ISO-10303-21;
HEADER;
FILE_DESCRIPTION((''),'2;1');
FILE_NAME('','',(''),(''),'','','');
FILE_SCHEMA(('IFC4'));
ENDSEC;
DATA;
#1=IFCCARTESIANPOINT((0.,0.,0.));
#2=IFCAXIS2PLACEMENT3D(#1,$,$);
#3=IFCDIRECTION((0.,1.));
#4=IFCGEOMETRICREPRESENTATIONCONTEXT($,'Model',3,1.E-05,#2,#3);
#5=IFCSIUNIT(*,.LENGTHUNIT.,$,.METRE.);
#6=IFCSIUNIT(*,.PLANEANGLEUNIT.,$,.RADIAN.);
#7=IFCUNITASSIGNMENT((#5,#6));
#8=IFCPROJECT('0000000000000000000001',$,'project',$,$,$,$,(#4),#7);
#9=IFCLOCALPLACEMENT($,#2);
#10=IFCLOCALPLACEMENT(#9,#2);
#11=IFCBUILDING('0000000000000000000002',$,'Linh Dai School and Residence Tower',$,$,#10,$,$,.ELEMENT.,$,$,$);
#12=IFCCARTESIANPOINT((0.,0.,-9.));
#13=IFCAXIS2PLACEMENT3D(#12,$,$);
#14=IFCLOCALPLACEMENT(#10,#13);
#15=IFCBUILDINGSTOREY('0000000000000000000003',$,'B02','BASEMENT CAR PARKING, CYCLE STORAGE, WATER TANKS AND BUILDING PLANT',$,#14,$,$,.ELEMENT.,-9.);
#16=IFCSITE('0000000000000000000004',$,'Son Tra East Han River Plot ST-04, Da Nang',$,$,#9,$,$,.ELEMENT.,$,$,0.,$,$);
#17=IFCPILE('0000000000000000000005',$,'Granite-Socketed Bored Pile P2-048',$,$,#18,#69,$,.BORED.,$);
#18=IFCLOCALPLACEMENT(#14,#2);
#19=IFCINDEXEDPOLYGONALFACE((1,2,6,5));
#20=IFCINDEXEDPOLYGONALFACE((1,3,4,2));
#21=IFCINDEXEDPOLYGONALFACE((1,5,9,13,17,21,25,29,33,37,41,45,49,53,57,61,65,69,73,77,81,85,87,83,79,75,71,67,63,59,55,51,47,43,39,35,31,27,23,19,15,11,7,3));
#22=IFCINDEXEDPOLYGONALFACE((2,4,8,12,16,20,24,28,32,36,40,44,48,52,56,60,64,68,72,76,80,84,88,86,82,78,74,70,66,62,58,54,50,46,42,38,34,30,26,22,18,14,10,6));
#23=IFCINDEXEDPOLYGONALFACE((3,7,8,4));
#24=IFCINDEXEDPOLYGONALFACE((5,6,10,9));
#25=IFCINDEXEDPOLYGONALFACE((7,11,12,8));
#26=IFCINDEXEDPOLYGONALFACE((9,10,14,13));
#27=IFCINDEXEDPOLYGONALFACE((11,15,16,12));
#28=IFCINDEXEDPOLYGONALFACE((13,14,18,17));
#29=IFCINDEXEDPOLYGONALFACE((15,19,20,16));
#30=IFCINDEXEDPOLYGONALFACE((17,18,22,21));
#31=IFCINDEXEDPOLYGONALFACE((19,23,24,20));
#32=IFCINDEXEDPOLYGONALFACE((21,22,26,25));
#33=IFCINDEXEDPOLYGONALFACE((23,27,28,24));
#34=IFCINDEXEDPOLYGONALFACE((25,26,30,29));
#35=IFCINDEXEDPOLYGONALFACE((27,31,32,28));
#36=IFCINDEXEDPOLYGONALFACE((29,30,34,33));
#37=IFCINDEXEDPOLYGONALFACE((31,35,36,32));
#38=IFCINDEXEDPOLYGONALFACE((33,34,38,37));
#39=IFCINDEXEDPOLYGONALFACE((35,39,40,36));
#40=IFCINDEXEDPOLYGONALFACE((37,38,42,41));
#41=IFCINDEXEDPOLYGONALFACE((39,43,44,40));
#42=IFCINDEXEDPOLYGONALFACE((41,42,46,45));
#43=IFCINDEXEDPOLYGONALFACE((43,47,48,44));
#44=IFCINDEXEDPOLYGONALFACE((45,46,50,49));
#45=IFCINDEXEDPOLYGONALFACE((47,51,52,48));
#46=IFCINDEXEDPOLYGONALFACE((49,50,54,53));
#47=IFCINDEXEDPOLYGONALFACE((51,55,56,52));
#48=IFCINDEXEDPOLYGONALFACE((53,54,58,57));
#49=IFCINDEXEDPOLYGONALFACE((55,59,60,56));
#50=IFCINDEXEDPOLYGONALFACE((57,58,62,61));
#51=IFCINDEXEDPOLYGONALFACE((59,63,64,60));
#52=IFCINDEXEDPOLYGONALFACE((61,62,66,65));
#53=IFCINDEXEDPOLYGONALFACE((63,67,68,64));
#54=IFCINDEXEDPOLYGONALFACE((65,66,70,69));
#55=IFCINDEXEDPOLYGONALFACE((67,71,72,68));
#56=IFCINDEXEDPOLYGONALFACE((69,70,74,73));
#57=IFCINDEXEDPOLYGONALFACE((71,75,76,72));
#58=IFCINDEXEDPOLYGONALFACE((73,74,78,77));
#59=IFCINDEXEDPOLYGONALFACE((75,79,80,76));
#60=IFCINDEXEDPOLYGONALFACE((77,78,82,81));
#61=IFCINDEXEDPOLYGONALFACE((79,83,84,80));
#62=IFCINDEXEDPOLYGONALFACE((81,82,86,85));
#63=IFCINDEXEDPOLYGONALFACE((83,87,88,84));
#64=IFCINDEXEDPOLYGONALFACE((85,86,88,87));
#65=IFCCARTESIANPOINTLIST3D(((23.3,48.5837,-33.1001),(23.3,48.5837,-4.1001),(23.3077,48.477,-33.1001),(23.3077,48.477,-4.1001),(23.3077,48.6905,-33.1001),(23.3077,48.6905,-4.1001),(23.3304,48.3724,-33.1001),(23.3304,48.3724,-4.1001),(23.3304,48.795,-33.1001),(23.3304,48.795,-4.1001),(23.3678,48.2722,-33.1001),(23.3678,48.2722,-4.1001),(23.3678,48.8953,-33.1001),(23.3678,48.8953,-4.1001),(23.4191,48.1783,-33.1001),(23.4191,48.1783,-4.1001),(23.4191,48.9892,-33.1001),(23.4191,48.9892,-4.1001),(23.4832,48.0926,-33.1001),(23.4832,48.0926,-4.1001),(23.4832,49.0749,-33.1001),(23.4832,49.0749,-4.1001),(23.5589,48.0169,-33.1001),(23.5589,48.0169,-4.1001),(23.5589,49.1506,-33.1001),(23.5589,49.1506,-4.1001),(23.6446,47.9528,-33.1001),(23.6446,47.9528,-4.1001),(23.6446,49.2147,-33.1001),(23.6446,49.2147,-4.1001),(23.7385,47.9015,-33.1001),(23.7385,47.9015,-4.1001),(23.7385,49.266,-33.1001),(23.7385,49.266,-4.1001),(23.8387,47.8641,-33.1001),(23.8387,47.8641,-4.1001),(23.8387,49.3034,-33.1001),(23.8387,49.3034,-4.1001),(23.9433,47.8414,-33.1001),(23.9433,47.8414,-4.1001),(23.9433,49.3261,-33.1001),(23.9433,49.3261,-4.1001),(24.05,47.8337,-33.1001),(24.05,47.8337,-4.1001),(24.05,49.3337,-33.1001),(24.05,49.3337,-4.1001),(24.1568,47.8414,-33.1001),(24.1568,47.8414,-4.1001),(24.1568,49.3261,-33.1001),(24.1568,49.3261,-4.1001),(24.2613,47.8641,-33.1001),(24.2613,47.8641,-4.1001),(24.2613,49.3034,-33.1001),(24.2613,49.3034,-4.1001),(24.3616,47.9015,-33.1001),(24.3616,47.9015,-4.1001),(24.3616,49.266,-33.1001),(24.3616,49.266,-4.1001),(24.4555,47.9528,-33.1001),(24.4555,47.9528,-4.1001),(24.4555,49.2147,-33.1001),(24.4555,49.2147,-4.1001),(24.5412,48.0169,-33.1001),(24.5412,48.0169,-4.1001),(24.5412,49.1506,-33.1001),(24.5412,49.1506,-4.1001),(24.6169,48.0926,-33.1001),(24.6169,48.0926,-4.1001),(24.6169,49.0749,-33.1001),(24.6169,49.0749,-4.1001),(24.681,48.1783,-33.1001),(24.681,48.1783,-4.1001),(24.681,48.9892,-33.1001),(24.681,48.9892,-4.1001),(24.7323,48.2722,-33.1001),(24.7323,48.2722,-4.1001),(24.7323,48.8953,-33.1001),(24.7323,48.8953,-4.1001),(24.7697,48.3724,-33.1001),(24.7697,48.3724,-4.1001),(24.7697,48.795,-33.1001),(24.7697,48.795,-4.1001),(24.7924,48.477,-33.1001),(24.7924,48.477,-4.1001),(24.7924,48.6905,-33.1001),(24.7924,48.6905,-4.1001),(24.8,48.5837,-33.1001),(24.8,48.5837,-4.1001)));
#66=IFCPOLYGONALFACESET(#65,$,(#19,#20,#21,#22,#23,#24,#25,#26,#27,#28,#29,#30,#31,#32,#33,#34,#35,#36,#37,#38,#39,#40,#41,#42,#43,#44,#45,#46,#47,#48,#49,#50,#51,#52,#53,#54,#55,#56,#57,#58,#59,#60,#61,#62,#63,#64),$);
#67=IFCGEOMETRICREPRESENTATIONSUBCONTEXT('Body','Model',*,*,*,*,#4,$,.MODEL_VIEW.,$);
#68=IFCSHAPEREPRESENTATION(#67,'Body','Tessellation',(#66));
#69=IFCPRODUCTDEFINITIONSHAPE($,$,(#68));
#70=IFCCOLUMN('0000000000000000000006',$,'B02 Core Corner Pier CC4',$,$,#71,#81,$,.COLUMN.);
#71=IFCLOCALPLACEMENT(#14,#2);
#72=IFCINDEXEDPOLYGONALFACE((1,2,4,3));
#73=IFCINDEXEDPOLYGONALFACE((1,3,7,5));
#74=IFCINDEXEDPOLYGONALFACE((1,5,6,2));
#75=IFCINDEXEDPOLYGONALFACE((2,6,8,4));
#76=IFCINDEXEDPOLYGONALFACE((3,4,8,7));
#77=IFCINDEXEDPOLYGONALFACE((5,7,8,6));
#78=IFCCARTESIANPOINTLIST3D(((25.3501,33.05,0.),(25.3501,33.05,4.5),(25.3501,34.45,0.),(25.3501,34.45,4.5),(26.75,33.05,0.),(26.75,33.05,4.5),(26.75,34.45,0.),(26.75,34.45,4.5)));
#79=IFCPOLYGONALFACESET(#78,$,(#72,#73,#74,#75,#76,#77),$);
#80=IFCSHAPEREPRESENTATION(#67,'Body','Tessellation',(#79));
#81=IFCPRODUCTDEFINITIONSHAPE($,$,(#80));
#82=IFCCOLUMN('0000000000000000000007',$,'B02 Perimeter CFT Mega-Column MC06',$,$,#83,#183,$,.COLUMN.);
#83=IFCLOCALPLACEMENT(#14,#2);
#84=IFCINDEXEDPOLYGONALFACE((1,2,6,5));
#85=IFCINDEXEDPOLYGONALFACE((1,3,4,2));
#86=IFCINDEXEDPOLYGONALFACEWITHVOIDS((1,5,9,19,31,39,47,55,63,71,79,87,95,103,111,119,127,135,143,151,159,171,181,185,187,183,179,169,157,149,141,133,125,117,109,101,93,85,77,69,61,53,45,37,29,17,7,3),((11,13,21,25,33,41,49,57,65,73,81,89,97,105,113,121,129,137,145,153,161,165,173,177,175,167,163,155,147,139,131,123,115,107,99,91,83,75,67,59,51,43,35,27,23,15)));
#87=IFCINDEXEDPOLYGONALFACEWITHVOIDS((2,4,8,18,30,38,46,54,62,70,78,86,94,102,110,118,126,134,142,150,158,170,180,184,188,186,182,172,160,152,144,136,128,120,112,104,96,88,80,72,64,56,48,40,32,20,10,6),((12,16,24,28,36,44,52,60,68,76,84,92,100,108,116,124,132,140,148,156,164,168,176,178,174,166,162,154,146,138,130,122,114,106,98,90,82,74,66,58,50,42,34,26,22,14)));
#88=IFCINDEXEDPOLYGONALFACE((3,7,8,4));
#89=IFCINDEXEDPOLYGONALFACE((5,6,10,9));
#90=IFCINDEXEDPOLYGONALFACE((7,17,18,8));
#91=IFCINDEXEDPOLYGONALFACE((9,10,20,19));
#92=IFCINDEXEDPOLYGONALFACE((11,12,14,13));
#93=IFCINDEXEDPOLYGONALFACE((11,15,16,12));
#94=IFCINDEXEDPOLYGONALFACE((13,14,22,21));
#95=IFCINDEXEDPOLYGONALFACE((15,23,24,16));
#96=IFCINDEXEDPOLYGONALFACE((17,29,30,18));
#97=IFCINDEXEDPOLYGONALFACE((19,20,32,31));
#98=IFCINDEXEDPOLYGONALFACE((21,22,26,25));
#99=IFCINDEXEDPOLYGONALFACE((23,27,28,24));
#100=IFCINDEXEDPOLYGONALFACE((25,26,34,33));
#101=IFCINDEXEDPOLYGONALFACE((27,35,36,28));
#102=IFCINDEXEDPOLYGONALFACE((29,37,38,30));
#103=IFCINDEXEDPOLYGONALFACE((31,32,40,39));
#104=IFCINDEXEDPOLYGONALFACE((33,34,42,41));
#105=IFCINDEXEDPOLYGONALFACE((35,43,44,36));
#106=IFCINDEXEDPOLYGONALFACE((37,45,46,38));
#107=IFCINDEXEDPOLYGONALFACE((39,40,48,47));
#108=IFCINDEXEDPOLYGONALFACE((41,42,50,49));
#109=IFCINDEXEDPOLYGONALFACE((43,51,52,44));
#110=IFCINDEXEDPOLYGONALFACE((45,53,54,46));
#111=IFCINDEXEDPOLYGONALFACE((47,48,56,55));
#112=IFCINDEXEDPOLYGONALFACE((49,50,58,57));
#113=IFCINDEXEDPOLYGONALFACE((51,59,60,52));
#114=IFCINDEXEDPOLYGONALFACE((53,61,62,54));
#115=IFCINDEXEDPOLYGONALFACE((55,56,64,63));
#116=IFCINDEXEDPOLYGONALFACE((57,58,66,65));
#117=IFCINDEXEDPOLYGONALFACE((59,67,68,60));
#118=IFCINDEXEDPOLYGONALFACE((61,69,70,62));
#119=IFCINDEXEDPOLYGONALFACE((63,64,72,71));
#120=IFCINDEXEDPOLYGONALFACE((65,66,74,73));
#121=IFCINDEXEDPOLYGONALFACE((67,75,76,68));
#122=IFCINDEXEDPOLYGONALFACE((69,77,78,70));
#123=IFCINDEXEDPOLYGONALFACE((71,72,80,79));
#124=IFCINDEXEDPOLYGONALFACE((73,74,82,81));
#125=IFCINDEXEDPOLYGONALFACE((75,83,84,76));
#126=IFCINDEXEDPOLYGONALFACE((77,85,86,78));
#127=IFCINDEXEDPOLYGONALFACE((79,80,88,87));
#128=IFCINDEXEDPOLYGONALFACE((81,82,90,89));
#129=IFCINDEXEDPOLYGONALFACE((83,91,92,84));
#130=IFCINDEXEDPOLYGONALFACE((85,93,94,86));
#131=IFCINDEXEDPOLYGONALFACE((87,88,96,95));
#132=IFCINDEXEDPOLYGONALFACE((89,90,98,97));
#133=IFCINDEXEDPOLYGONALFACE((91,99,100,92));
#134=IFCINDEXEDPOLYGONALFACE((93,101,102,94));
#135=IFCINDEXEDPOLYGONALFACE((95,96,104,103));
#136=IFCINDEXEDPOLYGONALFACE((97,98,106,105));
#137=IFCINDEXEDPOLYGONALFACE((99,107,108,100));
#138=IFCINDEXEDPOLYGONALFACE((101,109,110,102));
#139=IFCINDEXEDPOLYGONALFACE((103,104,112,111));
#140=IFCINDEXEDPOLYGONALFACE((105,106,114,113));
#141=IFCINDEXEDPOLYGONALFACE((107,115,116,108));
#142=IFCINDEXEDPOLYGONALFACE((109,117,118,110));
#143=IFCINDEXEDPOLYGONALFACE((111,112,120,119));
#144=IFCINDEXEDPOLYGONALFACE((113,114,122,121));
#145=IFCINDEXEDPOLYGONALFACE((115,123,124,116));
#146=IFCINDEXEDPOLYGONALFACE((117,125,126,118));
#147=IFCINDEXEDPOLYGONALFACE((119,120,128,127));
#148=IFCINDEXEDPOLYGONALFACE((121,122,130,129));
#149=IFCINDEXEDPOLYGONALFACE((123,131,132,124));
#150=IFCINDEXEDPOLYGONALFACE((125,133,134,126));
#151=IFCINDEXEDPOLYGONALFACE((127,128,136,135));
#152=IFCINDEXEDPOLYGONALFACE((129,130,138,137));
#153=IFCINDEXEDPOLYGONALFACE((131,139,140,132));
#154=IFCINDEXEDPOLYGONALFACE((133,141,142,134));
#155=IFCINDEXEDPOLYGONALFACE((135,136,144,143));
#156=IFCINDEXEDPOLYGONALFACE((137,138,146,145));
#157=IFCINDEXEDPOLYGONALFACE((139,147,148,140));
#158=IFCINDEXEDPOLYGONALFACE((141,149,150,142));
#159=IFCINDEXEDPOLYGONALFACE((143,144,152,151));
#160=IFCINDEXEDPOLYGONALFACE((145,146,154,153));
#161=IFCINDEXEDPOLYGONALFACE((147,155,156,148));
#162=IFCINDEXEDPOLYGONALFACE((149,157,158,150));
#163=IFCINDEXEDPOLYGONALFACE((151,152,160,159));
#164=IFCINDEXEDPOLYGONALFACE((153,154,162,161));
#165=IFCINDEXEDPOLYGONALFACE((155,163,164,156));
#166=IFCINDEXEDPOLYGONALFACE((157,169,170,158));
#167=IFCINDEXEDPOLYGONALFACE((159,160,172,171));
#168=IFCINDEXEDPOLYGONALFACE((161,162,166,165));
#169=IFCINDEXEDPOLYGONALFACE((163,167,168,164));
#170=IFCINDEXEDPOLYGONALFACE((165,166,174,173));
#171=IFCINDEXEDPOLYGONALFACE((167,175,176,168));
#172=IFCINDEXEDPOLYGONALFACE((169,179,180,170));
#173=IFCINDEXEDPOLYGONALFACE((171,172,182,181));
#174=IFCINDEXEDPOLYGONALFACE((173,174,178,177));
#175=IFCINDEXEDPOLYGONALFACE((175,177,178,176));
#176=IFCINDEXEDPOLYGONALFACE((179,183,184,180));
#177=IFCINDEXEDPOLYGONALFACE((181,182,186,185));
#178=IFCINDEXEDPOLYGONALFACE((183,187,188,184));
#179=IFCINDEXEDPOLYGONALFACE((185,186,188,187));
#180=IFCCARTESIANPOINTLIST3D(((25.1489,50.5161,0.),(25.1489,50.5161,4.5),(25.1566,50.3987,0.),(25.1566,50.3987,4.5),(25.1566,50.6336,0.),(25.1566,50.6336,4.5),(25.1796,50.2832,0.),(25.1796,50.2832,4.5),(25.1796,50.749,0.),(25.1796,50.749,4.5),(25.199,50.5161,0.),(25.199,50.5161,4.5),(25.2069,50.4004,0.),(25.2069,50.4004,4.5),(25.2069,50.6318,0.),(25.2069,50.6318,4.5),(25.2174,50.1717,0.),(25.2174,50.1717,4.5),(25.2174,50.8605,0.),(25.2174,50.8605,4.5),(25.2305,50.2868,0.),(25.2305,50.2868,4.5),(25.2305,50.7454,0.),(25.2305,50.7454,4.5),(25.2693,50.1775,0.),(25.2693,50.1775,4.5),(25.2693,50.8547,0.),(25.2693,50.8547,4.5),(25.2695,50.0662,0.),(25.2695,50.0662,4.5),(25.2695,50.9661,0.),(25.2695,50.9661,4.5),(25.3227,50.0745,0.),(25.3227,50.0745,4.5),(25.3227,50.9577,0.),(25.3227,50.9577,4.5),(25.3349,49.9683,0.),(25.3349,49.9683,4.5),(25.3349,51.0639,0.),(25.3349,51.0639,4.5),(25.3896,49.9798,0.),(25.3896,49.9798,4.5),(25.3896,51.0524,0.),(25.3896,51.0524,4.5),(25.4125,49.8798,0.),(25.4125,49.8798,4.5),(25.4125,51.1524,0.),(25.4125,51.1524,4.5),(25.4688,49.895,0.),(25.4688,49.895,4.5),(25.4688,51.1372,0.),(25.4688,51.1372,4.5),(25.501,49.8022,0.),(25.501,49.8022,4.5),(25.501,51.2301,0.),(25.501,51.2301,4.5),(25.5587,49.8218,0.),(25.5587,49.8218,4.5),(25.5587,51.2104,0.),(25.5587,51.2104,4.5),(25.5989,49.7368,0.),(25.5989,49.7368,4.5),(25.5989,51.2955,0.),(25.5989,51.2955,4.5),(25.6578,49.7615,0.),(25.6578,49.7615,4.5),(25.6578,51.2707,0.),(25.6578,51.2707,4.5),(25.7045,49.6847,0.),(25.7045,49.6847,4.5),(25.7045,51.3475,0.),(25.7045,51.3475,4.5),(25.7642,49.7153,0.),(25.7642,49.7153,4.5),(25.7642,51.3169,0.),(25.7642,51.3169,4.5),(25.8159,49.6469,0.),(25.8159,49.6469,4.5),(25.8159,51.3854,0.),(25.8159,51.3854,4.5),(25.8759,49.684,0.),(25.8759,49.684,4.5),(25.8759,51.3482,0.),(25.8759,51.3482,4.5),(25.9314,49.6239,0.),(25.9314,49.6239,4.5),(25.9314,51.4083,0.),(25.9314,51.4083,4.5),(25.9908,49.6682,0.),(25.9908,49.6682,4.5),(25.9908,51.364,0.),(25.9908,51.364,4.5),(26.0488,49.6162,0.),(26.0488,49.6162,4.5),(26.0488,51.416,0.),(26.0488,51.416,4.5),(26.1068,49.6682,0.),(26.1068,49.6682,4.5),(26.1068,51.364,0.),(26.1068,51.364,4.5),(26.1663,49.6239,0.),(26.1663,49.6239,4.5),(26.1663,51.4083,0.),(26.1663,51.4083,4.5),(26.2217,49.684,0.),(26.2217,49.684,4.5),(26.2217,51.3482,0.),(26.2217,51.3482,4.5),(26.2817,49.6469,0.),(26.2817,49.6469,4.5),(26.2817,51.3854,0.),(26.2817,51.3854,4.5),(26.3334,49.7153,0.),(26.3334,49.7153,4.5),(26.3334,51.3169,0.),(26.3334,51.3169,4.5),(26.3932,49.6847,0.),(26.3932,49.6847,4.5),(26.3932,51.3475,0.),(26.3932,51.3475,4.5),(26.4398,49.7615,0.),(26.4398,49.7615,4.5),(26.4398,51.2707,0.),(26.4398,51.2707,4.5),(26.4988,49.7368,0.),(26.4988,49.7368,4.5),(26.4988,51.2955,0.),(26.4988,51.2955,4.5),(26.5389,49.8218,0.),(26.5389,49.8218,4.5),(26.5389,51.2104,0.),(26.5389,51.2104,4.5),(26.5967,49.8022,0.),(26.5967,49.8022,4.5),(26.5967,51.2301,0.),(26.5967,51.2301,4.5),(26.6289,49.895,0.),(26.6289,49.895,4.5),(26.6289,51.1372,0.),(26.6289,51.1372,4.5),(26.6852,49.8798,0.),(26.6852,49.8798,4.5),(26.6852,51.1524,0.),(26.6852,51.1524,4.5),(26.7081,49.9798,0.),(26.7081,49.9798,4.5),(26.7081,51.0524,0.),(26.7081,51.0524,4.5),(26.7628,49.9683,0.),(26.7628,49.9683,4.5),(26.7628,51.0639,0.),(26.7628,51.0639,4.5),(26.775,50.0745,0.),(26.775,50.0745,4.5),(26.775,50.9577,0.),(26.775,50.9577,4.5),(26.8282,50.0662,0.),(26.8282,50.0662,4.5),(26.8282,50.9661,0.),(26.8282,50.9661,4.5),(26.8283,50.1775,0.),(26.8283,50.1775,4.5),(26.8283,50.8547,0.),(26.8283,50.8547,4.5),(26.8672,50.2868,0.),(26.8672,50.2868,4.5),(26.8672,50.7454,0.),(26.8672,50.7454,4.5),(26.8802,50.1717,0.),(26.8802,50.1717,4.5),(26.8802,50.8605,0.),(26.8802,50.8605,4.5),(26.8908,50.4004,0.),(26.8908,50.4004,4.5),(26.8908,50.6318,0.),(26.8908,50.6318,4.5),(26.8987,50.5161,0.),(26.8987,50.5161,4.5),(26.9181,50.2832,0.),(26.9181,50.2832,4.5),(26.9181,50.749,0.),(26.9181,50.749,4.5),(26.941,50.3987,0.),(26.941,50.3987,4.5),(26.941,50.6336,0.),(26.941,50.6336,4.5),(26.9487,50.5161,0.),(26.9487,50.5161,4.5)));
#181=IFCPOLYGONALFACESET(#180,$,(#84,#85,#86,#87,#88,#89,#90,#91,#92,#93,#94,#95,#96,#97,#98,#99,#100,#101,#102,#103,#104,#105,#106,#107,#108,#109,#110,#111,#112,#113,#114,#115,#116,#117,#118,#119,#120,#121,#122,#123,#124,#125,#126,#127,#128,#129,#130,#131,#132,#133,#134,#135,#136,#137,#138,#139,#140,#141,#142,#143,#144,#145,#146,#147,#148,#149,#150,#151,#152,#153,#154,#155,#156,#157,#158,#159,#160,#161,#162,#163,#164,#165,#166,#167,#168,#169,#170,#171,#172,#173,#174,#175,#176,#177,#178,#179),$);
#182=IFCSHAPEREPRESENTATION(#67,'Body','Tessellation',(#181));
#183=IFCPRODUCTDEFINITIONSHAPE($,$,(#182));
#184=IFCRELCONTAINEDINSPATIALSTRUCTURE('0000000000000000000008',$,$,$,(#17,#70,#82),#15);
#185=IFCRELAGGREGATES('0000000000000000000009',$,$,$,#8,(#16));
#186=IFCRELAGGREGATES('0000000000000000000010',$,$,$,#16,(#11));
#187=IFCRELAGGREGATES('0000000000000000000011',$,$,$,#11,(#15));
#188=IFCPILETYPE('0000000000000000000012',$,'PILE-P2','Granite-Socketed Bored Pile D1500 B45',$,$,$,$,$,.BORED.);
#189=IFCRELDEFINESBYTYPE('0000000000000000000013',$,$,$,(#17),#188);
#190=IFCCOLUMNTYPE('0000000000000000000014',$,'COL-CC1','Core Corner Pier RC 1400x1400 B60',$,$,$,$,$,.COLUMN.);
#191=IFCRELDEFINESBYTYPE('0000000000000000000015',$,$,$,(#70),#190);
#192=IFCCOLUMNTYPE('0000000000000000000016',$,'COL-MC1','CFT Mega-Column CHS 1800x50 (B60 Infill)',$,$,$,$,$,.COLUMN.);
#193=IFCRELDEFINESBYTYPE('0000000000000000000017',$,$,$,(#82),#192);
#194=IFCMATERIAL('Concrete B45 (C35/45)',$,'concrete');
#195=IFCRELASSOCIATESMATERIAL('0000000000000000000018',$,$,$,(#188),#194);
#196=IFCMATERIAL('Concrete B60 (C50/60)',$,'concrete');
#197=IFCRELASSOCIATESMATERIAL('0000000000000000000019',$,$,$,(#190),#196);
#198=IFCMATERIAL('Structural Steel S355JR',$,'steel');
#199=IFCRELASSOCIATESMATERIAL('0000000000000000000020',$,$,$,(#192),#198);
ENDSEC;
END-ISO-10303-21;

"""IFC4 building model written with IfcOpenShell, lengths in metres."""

from ifc_helpers import new_model, si_unit, direction, frame, origin, origin_2d, place, context, subcontext, project, spatial, rectangle, circle, hollow_circle, extrude, material, material_profile, profile_set, type_object, element, save


model = new_model("IFC4")

# Units and contexts
model_context = context("Model", 3, precision=1e-05, world=origin(), true_north=direction((0.0, 1.0)))
body_context = subcontext(model_context, "Body", "Model", "MODEL_VIEW")
ifc_project = project(units=[si_unit("LENGTHUNIT", "METRE"), si_unit("PLANEANGLEUNIT", "RADIAN")], contexts=[model_context])

# Site, building, storey
site_placement = place(None, origin())
site = spatial("IfcSite", under=ifc_project, at=site_placement, Name="Son Tra East Han River Plot ST-04, Da Nang", CompositionType="ELEMENT", RefElevation=0.0)
building_placement = place(site_placement, origin())
building = spatial("IfcBuilding", under=site, at=building_placement, Name="Linh Dai School and Residence Tower", CompositionType="ELEMENT")
storey_placement = place(building_placement, frame((0.0, 0.0, -9.0)))
storey = spatial("IfcBuildingStorey", under=building, at=storey_placement, Name="B02", Description="BASEMENT CAR PARKING, CYCLE STORAGE, WATER TANKS AND BUILDING PLANT", CompositionType="ELEMENT", Elevation=-9.0)

# Pile
ifc_material_1 = material(Name="Concrete B45 (C35/45)", Category="concrete")
ifc_material_profile_1 = material_profile(ifc_material_1, circle(Radius=0.75, at=origin_2d()), Name="PILE D1500")
ifc_profile_set_1 = profile_set([ifc_material_profile_1], Name="Concrete B45 (C35/45)")
pile_type_1 = type_object("IfcPileType", Name="PILE-P2", Description="Granite-Socketed Bored Pile D1500 B45", PredefinedType="BORED", material=ifc_profile_set_1)
for number, where, z_axis, x_axis, name in (
    (1, (24.05, 48.5837, -4.1001), (0.0, 0.0, -1.0), (1.0, 0.0, 0.0), "Granite-Socketed Bored Pile P2-048"),
):
    element("IfcPile", number, at=place(storey_placement, frame(where, z_axis=z_axis, x_axis=x_axis)), inside=storey, type_object=pile_type_1, Name=name, PredefinedType="BORED", context=body_context, shape_type="SweptSolid", body=[
        extrude(circle(Radius=0.75, at=origin_2d()), origin(), (0.0, 0.0, 1.0), 29.0),
    ])

# Columns
ifc_material_2 = material(Name="Concrete B60 (C50/60)", Category="concrete")
ifc_material_profile_2 = material_profile(ifc_material_2, rectangle(XDim=1.3999, YDim=1.3999, at=origin_2d()), Name="RC 1400x1400")
ifc_profile_set_2 = profile_set([ifc_material_profile_2], Name="Concrete B60 (C50/60)")
column_type_1 = type_object("IfcColumnType", Name="COL-CC1", Description="Core Corner Pier RC 1400x1400 B60", PredefinedType="COLUMN", material=ifc_profile_set_2)
column_1_placement = place(storey_placement, frame((26.05, 33.75, 0.0), z_axis=(0.0, 0.0, 1.0), x_axis=(1.0, 0.0, 0.0)))
element("IfcColumn", 2, at=column_1_placement, inside=storey, type_object=column_type_1, Name="B02 Core Corner Pier CC4", PredefinedType="COLUMN", context=body_context, shape_type="SweptSolid", body=[
    extrude(rectangle(XDim=1.3999, YDim=1.3999, at=origin_2d()), origin(), (0.0, 0.0, 1.0), 4.5),
])
ifc_material_3 = material(Name="Structural Steel S355JR", Category="steel")
ifc_material_profile_3 = material_profile(ifc_material_3, hollow_circle(Radius=0.8999, WallThickness=0.05, at=origin_2d()), Name="CHS 1800x50")
ifc_profile_set_3 = profile_set([ifc_material_profile_3], Name="Structural Steel S355JR")
column_type_2 = type_object("IfcColumnType", Name="COL-MC1", Description="CFT Mega-Column CHS 1800x50 (B60 Infill)", PredefinedType="COLUMN", material=ifc_profile_set_3)
column_2_placement = place(storey_placement, frame((26.0488, 50.5161, 0.0), z_axis=(0.0, 0.0, 1.0), x_axis=(1.0, 0.0, 0.0)))
element("IfcColumn", 3, at=column_2_placement, inside=storey, type_object=column_type_2, Name="B02 Perimeter CFT Mega-Column MC06", PredefinedType="COLUMN", context=body_context, shape_type="SweptSolid", body=[
    extrude(hollow_circle(Radius=0.8999, WallThickness=0.05, at=origin_2d()), origin(), (0.0, 0.0, 1.0), 4.5),
])

save(model, "model.ifc")
